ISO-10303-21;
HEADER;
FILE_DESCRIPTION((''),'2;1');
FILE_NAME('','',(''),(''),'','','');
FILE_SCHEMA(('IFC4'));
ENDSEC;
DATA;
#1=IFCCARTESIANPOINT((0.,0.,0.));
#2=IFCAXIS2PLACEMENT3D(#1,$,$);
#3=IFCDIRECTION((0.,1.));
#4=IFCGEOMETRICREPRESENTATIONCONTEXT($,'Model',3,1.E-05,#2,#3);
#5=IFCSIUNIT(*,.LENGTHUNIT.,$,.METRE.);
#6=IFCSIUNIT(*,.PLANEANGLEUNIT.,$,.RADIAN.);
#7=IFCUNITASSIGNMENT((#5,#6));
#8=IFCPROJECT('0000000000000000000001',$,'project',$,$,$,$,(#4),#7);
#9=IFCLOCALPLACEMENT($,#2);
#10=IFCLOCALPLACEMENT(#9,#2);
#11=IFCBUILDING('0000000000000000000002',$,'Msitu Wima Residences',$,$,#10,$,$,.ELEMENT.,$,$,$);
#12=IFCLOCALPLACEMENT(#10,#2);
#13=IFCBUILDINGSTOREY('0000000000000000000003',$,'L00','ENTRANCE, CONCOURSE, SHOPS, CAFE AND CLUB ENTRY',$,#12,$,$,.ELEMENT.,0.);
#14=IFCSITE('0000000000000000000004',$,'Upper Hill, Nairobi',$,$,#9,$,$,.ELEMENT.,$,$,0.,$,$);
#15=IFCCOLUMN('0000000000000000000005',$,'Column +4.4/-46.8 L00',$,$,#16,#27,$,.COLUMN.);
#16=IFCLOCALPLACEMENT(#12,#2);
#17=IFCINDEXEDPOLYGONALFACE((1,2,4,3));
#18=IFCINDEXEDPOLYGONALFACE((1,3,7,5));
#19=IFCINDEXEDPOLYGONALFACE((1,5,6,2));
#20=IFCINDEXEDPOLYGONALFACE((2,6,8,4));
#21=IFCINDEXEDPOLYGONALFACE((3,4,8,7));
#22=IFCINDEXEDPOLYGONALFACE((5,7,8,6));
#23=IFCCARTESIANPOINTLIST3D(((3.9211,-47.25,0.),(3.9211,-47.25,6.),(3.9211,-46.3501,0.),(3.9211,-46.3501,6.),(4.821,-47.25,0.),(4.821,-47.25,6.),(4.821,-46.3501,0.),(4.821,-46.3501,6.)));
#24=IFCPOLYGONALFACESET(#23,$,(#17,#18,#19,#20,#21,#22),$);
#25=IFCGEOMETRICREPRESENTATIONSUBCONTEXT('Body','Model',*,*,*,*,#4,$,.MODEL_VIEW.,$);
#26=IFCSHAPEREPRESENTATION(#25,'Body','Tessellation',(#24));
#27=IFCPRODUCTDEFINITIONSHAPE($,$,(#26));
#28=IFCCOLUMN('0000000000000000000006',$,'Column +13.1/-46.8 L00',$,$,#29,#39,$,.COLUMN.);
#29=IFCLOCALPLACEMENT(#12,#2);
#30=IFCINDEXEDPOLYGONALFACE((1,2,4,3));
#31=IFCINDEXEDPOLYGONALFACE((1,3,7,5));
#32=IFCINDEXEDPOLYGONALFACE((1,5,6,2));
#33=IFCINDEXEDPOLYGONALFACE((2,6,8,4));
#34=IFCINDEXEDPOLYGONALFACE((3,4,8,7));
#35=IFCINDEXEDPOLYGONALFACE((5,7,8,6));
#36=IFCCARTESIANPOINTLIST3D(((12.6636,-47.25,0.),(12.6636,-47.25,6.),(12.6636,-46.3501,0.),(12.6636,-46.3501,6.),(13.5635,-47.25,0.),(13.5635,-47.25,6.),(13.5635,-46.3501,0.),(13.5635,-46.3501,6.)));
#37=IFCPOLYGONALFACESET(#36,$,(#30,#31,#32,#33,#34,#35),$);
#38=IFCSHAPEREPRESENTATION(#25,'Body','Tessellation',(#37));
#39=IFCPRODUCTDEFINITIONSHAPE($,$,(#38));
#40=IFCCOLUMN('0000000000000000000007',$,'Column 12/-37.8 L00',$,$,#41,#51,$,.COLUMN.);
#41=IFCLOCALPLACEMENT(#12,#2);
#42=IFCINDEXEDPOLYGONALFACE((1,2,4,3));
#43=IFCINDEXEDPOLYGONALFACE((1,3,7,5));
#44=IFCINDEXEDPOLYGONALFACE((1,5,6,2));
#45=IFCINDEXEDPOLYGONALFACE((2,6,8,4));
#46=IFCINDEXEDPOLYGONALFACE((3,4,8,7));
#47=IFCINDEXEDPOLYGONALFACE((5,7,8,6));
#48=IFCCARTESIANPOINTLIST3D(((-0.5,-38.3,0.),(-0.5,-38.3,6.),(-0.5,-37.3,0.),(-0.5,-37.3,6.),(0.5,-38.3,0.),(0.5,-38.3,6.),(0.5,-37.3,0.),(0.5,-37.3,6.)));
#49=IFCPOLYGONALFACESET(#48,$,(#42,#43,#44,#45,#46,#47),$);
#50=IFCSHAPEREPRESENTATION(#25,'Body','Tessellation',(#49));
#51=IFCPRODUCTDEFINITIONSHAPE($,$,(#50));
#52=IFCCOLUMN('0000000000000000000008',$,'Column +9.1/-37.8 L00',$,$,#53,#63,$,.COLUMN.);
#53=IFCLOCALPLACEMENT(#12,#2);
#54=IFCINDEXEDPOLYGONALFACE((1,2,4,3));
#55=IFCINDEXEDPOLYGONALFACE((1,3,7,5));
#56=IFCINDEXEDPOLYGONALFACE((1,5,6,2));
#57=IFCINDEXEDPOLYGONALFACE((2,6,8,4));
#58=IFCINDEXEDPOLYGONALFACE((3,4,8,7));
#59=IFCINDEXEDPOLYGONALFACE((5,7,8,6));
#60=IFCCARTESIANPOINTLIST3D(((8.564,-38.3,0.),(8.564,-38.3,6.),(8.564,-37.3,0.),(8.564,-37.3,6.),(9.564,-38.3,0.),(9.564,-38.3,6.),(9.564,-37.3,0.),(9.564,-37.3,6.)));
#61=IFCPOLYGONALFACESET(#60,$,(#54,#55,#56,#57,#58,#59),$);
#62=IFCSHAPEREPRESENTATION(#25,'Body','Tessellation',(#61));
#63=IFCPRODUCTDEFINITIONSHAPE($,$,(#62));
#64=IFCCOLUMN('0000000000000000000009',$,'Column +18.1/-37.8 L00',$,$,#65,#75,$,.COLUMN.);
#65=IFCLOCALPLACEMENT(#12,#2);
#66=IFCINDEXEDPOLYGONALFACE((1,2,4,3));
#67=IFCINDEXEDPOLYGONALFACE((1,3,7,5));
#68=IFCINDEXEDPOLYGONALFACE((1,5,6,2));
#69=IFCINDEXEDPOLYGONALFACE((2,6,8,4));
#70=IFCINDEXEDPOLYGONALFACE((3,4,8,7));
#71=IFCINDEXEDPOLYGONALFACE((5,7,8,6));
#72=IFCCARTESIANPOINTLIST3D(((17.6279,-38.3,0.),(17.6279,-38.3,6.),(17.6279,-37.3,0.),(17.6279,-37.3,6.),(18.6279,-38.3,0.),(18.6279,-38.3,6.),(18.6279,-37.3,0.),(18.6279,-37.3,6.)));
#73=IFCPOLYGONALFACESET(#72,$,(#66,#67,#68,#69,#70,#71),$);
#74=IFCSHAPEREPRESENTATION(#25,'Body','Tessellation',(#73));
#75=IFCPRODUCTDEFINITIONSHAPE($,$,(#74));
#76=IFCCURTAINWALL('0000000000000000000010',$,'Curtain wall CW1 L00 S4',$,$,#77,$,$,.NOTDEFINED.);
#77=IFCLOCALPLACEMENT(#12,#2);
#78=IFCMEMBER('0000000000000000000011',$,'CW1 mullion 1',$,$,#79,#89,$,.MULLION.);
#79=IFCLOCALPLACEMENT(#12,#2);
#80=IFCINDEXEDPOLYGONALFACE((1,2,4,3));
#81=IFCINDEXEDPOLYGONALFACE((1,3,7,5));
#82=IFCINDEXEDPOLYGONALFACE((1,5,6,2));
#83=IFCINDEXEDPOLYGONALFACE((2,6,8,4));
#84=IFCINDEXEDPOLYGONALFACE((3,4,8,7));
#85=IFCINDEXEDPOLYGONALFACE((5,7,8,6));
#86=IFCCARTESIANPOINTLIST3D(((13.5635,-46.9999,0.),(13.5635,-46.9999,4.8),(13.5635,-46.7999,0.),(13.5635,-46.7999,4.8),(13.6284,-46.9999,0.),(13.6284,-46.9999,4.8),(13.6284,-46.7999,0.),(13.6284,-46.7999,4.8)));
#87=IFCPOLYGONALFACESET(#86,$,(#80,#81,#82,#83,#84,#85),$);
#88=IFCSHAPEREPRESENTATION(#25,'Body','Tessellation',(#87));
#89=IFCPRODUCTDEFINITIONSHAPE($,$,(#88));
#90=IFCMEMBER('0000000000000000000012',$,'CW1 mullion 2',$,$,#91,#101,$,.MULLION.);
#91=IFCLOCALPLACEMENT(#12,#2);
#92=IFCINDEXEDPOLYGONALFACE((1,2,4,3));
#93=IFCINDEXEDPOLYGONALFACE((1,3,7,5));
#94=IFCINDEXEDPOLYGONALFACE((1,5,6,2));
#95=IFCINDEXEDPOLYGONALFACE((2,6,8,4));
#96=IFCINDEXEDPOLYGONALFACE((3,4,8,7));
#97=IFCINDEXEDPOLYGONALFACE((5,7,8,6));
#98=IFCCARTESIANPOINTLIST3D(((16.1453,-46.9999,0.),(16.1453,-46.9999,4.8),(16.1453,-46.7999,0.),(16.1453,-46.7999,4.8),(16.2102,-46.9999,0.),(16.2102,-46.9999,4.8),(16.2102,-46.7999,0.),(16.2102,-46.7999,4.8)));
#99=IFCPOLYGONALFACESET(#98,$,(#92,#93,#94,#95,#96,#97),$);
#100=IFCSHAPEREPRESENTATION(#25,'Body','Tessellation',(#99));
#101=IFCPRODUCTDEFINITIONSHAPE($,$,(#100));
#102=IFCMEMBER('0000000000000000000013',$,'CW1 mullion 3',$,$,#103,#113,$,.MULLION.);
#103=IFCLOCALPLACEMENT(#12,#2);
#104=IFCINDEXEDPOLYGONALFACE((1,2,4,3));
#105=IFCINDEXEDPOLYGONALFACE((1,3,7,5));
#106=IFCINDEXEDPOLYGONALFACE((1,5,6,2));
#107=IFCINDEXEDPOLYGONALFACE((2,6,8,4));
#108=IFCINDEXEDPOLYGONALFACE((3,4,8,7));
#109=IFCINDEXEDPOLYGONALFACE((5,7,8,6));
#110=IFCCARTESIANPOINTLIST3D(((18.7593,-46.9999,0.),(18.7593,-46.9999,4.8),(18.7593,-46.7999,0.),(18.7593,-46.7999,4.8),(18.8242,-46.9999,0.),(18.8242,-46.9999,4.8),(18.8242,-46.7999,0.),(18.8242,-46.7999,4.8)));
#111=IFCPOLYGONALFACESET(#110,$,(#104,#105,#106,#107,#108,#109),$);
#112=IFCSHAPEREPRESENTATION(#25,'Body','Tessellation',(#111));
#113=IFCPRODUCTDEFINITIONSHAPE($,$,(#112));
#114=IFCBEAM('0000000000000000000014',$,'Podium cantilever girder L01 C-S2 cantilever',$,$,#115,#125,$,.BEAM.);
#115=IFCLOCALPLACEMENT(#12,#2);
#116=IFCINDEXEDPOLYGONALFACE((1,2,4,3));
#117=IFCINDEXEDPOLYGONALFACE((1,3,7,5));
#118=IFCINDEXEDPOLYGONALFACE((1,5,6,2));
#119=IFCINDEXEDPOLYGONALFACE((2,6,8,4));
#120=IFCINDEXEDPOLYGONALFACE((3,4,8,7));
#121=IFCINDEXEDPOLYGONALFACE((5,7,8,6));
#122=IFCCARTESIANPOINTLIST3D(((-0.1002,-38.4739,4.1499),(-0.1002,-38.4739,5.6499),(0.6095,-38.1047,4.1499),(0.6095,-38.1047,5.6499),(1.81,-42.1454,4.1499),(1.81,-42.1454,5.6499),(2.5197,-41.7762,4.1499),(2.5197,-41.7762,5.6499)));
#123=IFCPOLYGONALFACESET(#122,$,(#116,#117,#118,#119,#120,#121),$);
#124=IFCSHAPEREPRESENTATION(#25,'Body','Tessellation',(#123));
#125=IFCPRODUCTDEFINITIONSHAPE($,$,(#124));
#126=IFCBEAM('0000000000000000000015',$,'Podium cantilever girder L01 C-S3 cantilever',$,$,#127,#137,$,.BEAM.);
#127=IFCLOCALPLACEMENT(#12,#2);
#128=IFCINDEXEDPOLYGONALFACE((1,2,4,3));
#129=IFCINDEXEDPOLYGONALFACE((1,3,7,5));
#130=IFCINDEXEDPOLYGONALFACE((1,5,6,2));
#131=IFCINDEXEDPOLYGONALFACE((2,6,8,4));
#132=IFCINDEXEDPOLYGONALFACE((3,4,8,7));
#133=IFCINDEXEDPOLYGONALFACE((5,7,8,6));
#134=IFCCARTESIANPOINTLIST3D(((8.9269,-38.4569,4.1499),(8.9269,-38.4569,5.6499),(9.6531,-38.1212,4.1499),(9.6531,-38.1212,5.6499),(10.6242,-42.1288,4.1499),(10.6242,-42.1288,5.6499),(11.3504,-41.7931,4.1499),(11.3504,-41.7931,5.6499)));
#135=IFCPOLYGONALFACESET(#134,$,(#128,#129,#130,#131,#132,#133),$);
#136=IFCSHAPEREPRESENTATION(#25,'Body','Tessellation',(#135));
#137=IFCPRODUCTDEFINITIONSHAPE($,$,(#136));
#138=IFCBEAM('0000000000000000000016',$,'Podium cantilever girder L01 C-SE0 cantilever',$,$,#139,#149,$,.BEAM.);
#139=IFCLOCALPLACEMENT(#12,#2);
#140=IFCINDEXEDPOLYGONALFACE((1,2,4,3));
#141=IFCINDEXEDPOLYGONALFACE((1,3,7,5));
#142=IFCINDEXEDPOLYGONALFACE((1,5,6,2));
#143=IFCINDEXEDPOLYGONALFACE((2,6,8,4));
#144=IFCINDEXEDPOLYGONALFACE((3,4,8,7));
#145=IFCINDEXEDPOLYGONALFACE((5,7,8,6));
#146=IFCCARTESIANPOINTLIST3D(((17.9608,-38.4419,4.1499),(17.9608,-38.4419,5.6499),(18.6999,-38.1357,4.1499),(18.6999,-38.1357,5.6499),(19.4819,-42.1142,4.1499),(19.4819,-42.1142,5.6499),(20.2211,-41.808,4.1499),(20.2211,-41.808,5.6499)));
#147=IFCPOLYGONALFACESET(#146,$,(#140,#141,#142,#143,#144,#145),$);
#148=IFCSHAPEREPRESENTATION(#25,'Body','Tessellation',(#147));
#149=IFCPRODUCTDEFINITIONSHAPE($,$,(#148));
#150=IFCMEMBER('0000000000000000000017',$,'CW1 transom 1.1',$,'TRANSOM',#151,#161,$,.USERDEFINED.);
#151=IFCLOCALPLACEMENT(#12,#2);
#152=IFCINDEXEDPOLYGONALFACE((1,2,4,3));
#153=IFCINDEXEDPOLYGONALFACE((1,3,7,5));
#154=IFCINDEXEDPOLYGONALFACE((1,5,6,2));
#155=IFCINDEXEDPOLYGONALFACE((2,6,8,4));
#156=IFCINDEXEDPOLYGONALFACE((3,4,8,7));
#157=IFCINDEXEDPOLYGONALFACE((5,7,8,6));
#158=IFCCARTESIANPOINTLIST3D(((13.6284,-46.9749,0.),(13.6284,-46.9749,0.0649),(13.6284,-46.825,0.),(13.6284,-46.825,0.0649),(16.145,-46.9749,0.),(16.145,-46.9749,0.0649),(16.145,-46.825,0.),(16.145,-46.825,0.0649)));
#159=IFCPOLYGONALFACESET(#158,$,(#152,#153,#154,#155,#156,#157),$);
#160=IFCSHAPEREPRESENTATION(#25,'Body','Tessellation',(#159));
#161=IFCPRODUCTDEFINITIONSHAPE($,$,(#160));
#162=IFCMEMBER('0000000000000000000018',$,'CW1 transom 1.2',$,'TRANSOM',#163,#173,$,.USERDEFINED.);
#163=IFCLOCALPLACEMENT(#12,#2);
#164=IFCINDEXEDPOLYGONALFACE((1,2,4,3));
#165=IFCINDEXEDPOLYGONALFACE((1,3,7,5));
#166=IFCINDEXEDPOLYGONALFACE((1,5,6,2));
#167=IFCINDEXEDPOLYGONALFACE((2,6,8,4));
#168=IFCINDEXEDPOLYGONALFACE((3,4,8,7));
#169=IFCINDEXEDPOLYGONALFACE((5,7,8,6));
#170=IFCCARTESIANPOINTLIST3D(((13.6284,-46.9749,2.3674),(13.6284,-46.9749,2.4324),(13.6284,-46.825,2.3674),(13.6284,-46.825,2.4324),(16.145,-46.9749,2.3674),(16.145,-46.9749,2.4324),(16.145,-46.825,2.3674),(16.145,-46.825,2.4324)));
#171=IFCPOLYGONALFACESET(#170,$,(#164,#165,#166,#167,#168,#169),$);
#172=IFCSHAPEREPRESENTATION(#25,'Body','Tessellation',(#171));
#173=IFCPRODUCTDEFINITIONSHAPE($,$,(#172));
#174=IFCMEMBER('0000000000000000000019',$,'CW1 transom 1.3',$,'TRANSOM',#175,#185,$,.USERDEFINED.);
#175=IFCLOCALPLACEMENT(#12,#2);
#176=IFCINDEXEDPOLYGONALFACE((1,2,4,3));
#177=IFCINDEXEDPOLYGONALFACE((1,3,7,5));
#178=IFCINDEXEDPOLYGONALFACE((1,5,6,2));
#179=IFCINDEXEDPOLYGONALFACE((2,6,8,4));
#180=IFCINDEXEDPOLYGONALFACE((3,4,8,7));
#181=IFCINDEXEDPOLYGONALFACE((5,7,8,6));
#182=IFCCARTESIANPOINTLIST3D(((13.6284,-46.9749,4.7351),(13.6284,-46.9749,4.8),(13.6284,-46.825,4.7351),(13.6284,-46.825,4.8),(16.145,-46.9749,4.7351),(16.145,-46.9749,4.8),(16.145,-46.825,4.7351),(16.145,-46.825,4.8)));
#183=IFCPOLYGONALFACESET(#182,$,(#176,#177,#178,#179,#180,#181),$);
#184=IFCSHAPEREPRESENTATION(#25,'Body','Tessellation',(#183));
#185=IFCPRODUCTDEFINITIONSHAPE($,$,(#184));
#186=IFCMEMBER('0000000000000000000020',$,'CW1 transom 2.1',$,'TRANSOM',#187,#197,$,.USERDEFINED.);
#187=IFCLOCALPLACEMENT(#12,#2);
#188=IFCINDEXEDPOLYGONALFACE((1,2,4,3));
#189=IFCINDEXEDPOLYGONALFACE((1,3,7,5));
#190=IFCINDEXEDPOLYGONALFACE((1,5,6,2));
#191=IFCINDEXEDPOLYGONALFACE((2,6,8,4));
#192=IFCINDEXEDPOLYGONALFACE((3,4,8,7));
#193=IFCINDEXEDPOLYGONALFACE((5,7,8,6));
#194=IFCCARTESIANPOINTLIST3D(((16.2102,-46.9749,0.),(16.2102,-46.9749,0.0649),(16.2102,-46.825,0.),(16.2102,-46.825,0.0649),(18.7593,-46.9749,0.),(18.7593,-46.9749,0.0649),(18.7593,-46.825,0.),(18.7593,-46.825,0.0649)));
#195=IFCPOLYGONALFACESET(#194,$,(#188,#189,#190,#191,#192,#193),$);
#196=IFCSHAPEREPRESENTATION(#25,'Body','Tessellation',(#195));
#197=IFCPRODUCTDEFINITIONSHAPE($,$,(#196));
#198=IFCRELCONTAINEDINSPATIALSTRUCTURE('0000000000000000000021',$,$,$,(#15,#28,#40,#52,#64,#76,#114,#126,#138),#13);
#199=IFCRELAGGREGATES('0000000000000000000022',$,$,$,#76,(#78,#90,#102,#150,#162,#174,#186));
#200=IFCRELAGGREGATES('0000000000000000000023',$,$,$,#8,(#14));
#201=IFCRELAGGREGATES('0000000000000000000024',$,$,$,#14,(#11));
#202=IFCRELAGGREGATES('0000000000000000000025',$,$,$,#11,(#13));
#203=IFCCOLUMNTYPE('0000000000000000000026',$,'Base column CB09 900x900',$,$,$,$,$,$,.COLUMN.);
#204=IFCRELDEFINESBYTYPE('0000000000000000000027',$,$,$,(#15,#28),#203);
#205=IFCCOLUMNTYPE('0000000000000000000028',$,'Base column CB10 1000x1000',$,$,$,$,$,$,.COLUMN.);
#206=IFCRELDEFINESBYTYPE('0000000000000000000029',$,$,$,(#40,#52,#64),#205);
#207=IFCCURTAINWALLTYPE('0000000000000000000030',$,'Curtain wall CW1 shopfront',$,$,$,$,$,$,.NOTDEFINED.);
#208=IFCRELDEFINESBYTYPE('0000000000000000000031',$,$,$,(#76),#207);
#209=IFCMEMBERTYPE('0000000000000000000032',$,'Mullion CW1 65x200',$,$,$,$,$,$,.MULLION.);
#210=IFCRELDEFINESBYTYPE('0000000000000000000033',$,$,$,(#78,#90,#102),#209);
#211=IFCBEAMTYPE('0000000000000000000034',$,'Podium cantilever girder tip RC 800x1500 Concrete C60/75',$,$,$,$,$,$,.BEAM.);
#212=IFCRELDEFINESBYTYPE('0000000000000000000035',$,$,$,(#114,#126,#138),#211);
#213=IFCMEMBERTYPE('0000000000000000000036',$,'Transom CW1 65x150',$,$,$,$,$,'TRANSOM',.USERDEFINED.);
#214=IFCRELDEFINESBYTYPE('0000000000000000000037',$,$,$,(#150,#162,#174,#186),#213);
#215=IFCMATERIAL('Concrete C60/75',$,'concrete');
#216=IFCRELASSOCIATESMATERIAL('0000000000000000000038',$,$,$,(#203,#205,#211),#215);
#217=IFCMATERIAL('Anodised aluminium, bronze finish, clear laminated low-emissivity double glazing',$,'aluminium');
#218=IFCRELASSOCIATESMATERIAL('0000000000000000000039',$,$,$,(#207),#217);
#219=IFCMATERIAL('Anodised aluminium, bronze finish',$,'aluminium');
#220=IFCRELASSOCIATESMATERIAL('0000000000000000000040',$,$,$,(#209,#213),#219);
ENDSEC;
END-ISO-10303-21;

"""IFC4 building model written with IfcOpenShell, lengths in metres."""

from ifc_helpers import new_model, si_unit, direction, frame, origin, origin_2d, place, context, subcontext, project, spatial, rectangle, extrude, material, material_profile, profile_set, type_object, element, aggregate, save


model = new_model("IFC4")

# Units and contexts
model_context = context("Model", 3, precision=1e-05, world=origin(), true_north=direction((0.0, 1.0)))
body_context = subcontext(model_context, "Body", "Model", "MODEL_VIEW")
ifc_project = project(units=[si_unit("LENGTHUNIT", "METRE"), si_unit("PLANEANGLEUNIT", "RADIAN")], contexts=[model_context])

# Site, building, storey
site_placement = place(None, origin())
site = spatial("IfcSite", under=ifc_project, at=site_placement, Name="Upper Hill, Nairobi", CompositionType="ELEMENT", RefElevation=0.0)
building_placement = place(site_placement, origin())
building = spatial("IfcBuilding", under=site, at=building_placement, Name="Msitu Wima Residences", CompositionType="ELEMENT")
storey_placement = place(building_placement, origin())
storey = spatial("IfcBuildingStorey", under=building, at=storey_placement, Name="L00", Description="ENTRANCE, CONCOURSE, SHOPS, CAFE AND CLUB ENTRY", CompositionType="ELEMENT", Elevation=0.0)

# Columns
ifc_material_1 = material(Name="Concrete C60/75", Category="concrete")
ifc_material_profile_1 = material_profile(ifc_material_1, rectangle(XDim=0.8999, YDim=0.8999, at=origin_2d()), Name="RC 900x900")
ifc_profile_set_1 = profile_set([ifc_material_profile_1], Name="Concrete C60/75")
column_type_1 = type_object("IfcColumnType", Name="Base column CB09 900x900", PredefinedType="COLUMN", material=ifc_profile_set_1)
for number, where, z_axis, x_axis, name in (
    (1, (4.3711, -46.8, 0.0), (0.0, 0.0, 1.0), (1.0, 0.0, 0.0), "Column +4.4/-46.8 L00"),
    (2, (13.1135, -46.8, 0.0), (0.0, 0.0, 1.0), (1.0, 0.0, 0.0), "Column +13.1/-46.8 L00"),
):
    element("IfcColumn", number, at=place(storey_placement, frame(where, z_axis=z_axis, x_axis=x_axis)), inside=storey, type_object=column_type_1, Name=name, PredefinedType="COLUMN", context=body_context, shape_type="SweptSolid", body=[
        extrude(rectangle(XDim=0.8999, YDim=0.8999, at=origin_2d()), origin(), (0.0, 0.0, 1.0), 6.0),
    ])
ifc_material_profile_2 = material_profile(ifc_material_1, rectangle(XDim=1.0, YDim=1.0, at=origin_2d()), Name="RC 1000x1000")
ifc_profile_set_2 = profile_set([ifc_material_profile_2], Name="Concrete C60/75")
column_type_2 = type_object("IfcColumnType", Name="Base column CB10 1000x1000", PredefinedType="COLUMN", material=ifc_profile_set_2)
for number, where, z_axis, x_axis, name in (
    (3, (0.0, -37.8, 0.0), (0.0, 0.0, 1.0), (1.0, 0.0, 0.0), "Column 12/-37.8 L00"),
    (4, (9.064, -37.8, 0.0), (0.0, 0.0, 1.0), (1.0, 0.0, 0.0), "Column +9.1/-37.8 L00"),
    (5, (18.1279, -37.8, 0.0), (0.0, 0.0, 1.0), (1.0, 0.0, 0.0), "Column +18.1/-37.8 L00"),
):
    element("IfcColumn", number, at=place(storey_placement, frame(where, z_axis=z_axis, x_axis=x_axis)), inside=storey, type_object=column_type_2, Name=name, PredefinedType="COLUMN", context=body_context, shape_type="SweptSolid", body=[
        extrude(rectangle(XDim=1.0, YDim=1.0, at=origin_2d()), origin(), (0.0, 0.0, 1.0), 6.0),
    ])

# Curtain wall, members
ifc_material_2 = material(Name="Anodised aluminium, bronze finish, clear laminated low-emissivity double glazing", Category="aluminium")
curtain_wall_type = type_object("IfcCurtainWallType", Name="Curtain wall CW1 shopfront", PredefinedType="NOTDEFINED", material=ifc_material_2)
curtain_wall_placement = place(storey_placement, origin())
curtain_wall = element("IfcCurtainWall", 6, at=curtain_wall_placement, inside=storey, type_object=curtain_wall_type, Name="Curtain wall CW1 L00 S4", PredefinedType="NOTDEFINED")
ifc_material_3 = material(Name="Anodised aluminium, bronze finish", Category="aluminium")
ifc_material_profile_3 = material_profile(ifc_material_3, rectangle(XDim=0.2, YDim=0.0649, at=origin_2d()), Name="Mullion 65x200")
ifc_profile_set_3 = profile_set([ifc_material_profile_3], Name="Anodised aluminium, bronze finish")
member_type_1 = type_object("IfcMemberType", Name="Mullion CW1 65x200", PredefinedType="MULLION", material=ifc_profile_set_3)
member_1_placement = place(storey_placement, frame((13.5959, -46.8999, 0.0), z_axis=(0.0, 0.0, 1.0), x_axis=(0.0, 1.0, 0.0)))
member_1 = element("IfcMember", 7, at=member_1_placement, type_object=member_type_1, Name="CW1 mullion 1", PredefinedType="MULLION", context=body_context, shape_type="SweptSolid", body=[
    extrude(rectangle(XDim=0.2, YDim=0.0649, at=origin_2d()), origin(), (0.0, 0.0, 1.0), 4.8),
])
member_2_placement = place(storey_placement, frame((16.1777, -46.8999, 0.0), z_axis=(0.0, 0.0, 1.0), x_axis=(0.0, 1.0, 0.0)))
member_2 = element("IfcMember", 8, at=member_2_placement, type_object=member_type_1, Name="CW1 mullion 2", PredefinedType="MULLION", context=body_context, shape_type="SweptSolid", body=[
    extrude(rectangle(XDim=0.2, YDim=0.0649, at=origin_2d()), origin(), (0.0, 0.0, 1.0), 4.8),
])
member_3_placement = place(storey_placement, frame((18.7917, -46.8999, 0.0), z_axis=(0.0, 0.0, 1.0), x_axis=(0.0, 1.0, 0.0)))
member_3 = element("IfcMember", 9, at=member_3_placement, type_object=member_type_1, Name="CW1 mullion 3", PredefinedType="MULLION", context=body_context, shape_type="SweptSolid", body=[
    extrude(rectangle(XDim=0.2, YDim=0.0649, at=origin_2d()), origin(), (0.0, 0.0, 1.0), 4.8),
])

# Beams
ifc_material_profile_4 = material_profile(ifc_material_1, rectangle(XDim=0.8, YDim=1.5, at=origin_2d()), Name="RC 800x1500")
ifc_profile_set_4 = profile_set([ifc_material_profile_4], Name="Concrete C60/75")
beam_type = type_object("IfcBeamType", Name="Podium cantilever girder tip RC 800x1500 Concrete C60/75", PredefinedType="BEAM", material=ifc_profile_set_4)
beam_1_placement = place(storey_placement, frame((0.2546, -38.2893, 4.8999), z_axis=(0.46155, -0.887114, 0.0), x_axis=(0.887114, 0.46155, 0.0)))
element("IfcBeam", 10, at=beam_1_placement, inside=storey, type_object=beam_type, Name="Podium cantilever girder L01 C-S2 cantilever", PredefinedType="BEAM", context=body_context, shape_type="SweptSolid", body=[
    extrude(rectangle(XDim=0.8, YDim=1.5, at=origin_2d()), origin(), (0.0, 0.0, 1.0), 4.1387),
])
beam_2_placement = place(storey_placement, frame((9.29, -38.2891, 4.8999), z_axis=(0.419579, -0.907719, 0.0), x_axis=(0.907719, 0.419579, 0.0)))
element("IfcBeam", 11, at=beam_2_placement, inside=storey, type_object=beam_type, Name="Podium cantilever girder L01 C-S3 cantilever", PredefinedType="BEAM", context=body_context, shape_type="SweptSolid", body=[
    extrude(rectangle(XDim=0.8, YDim=1.5, at=origin_2d()), origin(), (0.0, 0.0, 1.0), 4.0452),
])
beam_3_placement = place(storey_placement, frame((18.3303, -38.2888, 4.8999), z_axis=(0.382704, -0.923871, 0.0), x_axis=(0.923871, 0.382704, 0.0)))
element("IfcBeam", 12, at=beam_3_placement, inside=storey, type_object=beam_type, Name="Podium cantilever girder L01 C-SE0 cantilever", PredefinedType="BEAM", context=body_context, shape_type="SweptSolid", body=[
    extrude(rectangle(XDim=0.8, YDim=1.5, at=origin_2d()), origin(), (0.0, 0.0, 1.0), 3.9749),
])

# Members
ifc_material_profile_5 = material_profile(ifc_material_3, rectangle(XDim=0.1499, YDim=0.0649, at=origin_2d()), Name="Transom 65x150")
ifc_profile_set_5 = profile_set([ifc_material_profile_5], Name="Anodised aluminium, bronze finish")
member_type_2 = type_object("IfcMemberType", Name="Transom CW1 65x150", ElementType="TRANSOM", PredefinedType="USERDEFINED", material=ifc_profile_set_5)
member_4_placement = place(storey_placement, frame((13.6284, -46.8999, 0.0325), z_axis=(1.0, 0.0, 0.0), x_axis=(0.0, 1.0, 0.0)))
member_4 = element("IfcMember", 13, at=member_4_placement, type_object=member_type_2, Name="CW1 transom 1.1", ObjectType="TRANSOM", PredefinedType="USERDEFINED", context=body_context, shape_type="SweptSolid", body=[
    extrude(rectangle(XDim=0.1499, YDim=0.0649, at=origin_2d()), origin(), (0.0, 0.0, 1.0), 2.5166),
])
member_5_placement = place(storey_placement, frame((13.6284, -46.8999, 2.3999), z_axis=(1.0, 0.0, 0.0), x_axis=(0.0, 1.0, 0.0)))
member_5 = element("IfcMember", 14, at=member_5_placement, type_object=member_type_2, Name="CW1 transom 1.2", ObjectType="TRANSOM", PredefinedType="USERDEFINED", context=body_context, shape_type="SweptSolid", body=[
    extrude(rectangle(XDim=0.1499, YDim=0.0649, at=origin_2d()), origin(), (0.0, 0.0, 1.0), 2.5166),
])
member_6_placement = place(storey_placement, frame((13.6284, -46.8999, 4.7676), z_axis=(1.0, 0.0, 0.0), x_axis=(0.0, 1.0, 0.0)))
member_6 = element("IfcMember", 15, at=member_6_placement, type_object=member_type_2, Name="CW1 transom 1.3", ObjectType="TRANSOM", PredefinedType="USERDEFINED", context=body_context, shape_type="SweptSolid", body=[
    extrude(rectangle(XDim=0.1499, YDim=0.0649, at=origin_2d()), origin(), (0.0, 0.0, 1.0), 2.5166),
])
member_7_placement = place(storey_placement, frame((16.2102, -46.8999, 0.0325), z_axis=(1.0, 0.0, 0.0), x_axis=(0.0, 1.0, 0.0)))
member_7 = element("IfcMember", 16, at=member_7_placement, type_object=member_type_2, Name="CW1 transom 2.1", ObjectType="TRANSOM", PredefinedType="USERDEFINED", context=body_context, shape_type="SweptSolid", body=[
    extrude(rectangle(XDim=0.1499, YDim=0.0649, at=origin_2d()), origin(), (0.0, 0.0, 1.0), 2.5491),
])

aggregate(curtain_wall, [member_1, member_2, member_3, member_4, member_5, member_6, member_7])

save(model, "model.ifc")
